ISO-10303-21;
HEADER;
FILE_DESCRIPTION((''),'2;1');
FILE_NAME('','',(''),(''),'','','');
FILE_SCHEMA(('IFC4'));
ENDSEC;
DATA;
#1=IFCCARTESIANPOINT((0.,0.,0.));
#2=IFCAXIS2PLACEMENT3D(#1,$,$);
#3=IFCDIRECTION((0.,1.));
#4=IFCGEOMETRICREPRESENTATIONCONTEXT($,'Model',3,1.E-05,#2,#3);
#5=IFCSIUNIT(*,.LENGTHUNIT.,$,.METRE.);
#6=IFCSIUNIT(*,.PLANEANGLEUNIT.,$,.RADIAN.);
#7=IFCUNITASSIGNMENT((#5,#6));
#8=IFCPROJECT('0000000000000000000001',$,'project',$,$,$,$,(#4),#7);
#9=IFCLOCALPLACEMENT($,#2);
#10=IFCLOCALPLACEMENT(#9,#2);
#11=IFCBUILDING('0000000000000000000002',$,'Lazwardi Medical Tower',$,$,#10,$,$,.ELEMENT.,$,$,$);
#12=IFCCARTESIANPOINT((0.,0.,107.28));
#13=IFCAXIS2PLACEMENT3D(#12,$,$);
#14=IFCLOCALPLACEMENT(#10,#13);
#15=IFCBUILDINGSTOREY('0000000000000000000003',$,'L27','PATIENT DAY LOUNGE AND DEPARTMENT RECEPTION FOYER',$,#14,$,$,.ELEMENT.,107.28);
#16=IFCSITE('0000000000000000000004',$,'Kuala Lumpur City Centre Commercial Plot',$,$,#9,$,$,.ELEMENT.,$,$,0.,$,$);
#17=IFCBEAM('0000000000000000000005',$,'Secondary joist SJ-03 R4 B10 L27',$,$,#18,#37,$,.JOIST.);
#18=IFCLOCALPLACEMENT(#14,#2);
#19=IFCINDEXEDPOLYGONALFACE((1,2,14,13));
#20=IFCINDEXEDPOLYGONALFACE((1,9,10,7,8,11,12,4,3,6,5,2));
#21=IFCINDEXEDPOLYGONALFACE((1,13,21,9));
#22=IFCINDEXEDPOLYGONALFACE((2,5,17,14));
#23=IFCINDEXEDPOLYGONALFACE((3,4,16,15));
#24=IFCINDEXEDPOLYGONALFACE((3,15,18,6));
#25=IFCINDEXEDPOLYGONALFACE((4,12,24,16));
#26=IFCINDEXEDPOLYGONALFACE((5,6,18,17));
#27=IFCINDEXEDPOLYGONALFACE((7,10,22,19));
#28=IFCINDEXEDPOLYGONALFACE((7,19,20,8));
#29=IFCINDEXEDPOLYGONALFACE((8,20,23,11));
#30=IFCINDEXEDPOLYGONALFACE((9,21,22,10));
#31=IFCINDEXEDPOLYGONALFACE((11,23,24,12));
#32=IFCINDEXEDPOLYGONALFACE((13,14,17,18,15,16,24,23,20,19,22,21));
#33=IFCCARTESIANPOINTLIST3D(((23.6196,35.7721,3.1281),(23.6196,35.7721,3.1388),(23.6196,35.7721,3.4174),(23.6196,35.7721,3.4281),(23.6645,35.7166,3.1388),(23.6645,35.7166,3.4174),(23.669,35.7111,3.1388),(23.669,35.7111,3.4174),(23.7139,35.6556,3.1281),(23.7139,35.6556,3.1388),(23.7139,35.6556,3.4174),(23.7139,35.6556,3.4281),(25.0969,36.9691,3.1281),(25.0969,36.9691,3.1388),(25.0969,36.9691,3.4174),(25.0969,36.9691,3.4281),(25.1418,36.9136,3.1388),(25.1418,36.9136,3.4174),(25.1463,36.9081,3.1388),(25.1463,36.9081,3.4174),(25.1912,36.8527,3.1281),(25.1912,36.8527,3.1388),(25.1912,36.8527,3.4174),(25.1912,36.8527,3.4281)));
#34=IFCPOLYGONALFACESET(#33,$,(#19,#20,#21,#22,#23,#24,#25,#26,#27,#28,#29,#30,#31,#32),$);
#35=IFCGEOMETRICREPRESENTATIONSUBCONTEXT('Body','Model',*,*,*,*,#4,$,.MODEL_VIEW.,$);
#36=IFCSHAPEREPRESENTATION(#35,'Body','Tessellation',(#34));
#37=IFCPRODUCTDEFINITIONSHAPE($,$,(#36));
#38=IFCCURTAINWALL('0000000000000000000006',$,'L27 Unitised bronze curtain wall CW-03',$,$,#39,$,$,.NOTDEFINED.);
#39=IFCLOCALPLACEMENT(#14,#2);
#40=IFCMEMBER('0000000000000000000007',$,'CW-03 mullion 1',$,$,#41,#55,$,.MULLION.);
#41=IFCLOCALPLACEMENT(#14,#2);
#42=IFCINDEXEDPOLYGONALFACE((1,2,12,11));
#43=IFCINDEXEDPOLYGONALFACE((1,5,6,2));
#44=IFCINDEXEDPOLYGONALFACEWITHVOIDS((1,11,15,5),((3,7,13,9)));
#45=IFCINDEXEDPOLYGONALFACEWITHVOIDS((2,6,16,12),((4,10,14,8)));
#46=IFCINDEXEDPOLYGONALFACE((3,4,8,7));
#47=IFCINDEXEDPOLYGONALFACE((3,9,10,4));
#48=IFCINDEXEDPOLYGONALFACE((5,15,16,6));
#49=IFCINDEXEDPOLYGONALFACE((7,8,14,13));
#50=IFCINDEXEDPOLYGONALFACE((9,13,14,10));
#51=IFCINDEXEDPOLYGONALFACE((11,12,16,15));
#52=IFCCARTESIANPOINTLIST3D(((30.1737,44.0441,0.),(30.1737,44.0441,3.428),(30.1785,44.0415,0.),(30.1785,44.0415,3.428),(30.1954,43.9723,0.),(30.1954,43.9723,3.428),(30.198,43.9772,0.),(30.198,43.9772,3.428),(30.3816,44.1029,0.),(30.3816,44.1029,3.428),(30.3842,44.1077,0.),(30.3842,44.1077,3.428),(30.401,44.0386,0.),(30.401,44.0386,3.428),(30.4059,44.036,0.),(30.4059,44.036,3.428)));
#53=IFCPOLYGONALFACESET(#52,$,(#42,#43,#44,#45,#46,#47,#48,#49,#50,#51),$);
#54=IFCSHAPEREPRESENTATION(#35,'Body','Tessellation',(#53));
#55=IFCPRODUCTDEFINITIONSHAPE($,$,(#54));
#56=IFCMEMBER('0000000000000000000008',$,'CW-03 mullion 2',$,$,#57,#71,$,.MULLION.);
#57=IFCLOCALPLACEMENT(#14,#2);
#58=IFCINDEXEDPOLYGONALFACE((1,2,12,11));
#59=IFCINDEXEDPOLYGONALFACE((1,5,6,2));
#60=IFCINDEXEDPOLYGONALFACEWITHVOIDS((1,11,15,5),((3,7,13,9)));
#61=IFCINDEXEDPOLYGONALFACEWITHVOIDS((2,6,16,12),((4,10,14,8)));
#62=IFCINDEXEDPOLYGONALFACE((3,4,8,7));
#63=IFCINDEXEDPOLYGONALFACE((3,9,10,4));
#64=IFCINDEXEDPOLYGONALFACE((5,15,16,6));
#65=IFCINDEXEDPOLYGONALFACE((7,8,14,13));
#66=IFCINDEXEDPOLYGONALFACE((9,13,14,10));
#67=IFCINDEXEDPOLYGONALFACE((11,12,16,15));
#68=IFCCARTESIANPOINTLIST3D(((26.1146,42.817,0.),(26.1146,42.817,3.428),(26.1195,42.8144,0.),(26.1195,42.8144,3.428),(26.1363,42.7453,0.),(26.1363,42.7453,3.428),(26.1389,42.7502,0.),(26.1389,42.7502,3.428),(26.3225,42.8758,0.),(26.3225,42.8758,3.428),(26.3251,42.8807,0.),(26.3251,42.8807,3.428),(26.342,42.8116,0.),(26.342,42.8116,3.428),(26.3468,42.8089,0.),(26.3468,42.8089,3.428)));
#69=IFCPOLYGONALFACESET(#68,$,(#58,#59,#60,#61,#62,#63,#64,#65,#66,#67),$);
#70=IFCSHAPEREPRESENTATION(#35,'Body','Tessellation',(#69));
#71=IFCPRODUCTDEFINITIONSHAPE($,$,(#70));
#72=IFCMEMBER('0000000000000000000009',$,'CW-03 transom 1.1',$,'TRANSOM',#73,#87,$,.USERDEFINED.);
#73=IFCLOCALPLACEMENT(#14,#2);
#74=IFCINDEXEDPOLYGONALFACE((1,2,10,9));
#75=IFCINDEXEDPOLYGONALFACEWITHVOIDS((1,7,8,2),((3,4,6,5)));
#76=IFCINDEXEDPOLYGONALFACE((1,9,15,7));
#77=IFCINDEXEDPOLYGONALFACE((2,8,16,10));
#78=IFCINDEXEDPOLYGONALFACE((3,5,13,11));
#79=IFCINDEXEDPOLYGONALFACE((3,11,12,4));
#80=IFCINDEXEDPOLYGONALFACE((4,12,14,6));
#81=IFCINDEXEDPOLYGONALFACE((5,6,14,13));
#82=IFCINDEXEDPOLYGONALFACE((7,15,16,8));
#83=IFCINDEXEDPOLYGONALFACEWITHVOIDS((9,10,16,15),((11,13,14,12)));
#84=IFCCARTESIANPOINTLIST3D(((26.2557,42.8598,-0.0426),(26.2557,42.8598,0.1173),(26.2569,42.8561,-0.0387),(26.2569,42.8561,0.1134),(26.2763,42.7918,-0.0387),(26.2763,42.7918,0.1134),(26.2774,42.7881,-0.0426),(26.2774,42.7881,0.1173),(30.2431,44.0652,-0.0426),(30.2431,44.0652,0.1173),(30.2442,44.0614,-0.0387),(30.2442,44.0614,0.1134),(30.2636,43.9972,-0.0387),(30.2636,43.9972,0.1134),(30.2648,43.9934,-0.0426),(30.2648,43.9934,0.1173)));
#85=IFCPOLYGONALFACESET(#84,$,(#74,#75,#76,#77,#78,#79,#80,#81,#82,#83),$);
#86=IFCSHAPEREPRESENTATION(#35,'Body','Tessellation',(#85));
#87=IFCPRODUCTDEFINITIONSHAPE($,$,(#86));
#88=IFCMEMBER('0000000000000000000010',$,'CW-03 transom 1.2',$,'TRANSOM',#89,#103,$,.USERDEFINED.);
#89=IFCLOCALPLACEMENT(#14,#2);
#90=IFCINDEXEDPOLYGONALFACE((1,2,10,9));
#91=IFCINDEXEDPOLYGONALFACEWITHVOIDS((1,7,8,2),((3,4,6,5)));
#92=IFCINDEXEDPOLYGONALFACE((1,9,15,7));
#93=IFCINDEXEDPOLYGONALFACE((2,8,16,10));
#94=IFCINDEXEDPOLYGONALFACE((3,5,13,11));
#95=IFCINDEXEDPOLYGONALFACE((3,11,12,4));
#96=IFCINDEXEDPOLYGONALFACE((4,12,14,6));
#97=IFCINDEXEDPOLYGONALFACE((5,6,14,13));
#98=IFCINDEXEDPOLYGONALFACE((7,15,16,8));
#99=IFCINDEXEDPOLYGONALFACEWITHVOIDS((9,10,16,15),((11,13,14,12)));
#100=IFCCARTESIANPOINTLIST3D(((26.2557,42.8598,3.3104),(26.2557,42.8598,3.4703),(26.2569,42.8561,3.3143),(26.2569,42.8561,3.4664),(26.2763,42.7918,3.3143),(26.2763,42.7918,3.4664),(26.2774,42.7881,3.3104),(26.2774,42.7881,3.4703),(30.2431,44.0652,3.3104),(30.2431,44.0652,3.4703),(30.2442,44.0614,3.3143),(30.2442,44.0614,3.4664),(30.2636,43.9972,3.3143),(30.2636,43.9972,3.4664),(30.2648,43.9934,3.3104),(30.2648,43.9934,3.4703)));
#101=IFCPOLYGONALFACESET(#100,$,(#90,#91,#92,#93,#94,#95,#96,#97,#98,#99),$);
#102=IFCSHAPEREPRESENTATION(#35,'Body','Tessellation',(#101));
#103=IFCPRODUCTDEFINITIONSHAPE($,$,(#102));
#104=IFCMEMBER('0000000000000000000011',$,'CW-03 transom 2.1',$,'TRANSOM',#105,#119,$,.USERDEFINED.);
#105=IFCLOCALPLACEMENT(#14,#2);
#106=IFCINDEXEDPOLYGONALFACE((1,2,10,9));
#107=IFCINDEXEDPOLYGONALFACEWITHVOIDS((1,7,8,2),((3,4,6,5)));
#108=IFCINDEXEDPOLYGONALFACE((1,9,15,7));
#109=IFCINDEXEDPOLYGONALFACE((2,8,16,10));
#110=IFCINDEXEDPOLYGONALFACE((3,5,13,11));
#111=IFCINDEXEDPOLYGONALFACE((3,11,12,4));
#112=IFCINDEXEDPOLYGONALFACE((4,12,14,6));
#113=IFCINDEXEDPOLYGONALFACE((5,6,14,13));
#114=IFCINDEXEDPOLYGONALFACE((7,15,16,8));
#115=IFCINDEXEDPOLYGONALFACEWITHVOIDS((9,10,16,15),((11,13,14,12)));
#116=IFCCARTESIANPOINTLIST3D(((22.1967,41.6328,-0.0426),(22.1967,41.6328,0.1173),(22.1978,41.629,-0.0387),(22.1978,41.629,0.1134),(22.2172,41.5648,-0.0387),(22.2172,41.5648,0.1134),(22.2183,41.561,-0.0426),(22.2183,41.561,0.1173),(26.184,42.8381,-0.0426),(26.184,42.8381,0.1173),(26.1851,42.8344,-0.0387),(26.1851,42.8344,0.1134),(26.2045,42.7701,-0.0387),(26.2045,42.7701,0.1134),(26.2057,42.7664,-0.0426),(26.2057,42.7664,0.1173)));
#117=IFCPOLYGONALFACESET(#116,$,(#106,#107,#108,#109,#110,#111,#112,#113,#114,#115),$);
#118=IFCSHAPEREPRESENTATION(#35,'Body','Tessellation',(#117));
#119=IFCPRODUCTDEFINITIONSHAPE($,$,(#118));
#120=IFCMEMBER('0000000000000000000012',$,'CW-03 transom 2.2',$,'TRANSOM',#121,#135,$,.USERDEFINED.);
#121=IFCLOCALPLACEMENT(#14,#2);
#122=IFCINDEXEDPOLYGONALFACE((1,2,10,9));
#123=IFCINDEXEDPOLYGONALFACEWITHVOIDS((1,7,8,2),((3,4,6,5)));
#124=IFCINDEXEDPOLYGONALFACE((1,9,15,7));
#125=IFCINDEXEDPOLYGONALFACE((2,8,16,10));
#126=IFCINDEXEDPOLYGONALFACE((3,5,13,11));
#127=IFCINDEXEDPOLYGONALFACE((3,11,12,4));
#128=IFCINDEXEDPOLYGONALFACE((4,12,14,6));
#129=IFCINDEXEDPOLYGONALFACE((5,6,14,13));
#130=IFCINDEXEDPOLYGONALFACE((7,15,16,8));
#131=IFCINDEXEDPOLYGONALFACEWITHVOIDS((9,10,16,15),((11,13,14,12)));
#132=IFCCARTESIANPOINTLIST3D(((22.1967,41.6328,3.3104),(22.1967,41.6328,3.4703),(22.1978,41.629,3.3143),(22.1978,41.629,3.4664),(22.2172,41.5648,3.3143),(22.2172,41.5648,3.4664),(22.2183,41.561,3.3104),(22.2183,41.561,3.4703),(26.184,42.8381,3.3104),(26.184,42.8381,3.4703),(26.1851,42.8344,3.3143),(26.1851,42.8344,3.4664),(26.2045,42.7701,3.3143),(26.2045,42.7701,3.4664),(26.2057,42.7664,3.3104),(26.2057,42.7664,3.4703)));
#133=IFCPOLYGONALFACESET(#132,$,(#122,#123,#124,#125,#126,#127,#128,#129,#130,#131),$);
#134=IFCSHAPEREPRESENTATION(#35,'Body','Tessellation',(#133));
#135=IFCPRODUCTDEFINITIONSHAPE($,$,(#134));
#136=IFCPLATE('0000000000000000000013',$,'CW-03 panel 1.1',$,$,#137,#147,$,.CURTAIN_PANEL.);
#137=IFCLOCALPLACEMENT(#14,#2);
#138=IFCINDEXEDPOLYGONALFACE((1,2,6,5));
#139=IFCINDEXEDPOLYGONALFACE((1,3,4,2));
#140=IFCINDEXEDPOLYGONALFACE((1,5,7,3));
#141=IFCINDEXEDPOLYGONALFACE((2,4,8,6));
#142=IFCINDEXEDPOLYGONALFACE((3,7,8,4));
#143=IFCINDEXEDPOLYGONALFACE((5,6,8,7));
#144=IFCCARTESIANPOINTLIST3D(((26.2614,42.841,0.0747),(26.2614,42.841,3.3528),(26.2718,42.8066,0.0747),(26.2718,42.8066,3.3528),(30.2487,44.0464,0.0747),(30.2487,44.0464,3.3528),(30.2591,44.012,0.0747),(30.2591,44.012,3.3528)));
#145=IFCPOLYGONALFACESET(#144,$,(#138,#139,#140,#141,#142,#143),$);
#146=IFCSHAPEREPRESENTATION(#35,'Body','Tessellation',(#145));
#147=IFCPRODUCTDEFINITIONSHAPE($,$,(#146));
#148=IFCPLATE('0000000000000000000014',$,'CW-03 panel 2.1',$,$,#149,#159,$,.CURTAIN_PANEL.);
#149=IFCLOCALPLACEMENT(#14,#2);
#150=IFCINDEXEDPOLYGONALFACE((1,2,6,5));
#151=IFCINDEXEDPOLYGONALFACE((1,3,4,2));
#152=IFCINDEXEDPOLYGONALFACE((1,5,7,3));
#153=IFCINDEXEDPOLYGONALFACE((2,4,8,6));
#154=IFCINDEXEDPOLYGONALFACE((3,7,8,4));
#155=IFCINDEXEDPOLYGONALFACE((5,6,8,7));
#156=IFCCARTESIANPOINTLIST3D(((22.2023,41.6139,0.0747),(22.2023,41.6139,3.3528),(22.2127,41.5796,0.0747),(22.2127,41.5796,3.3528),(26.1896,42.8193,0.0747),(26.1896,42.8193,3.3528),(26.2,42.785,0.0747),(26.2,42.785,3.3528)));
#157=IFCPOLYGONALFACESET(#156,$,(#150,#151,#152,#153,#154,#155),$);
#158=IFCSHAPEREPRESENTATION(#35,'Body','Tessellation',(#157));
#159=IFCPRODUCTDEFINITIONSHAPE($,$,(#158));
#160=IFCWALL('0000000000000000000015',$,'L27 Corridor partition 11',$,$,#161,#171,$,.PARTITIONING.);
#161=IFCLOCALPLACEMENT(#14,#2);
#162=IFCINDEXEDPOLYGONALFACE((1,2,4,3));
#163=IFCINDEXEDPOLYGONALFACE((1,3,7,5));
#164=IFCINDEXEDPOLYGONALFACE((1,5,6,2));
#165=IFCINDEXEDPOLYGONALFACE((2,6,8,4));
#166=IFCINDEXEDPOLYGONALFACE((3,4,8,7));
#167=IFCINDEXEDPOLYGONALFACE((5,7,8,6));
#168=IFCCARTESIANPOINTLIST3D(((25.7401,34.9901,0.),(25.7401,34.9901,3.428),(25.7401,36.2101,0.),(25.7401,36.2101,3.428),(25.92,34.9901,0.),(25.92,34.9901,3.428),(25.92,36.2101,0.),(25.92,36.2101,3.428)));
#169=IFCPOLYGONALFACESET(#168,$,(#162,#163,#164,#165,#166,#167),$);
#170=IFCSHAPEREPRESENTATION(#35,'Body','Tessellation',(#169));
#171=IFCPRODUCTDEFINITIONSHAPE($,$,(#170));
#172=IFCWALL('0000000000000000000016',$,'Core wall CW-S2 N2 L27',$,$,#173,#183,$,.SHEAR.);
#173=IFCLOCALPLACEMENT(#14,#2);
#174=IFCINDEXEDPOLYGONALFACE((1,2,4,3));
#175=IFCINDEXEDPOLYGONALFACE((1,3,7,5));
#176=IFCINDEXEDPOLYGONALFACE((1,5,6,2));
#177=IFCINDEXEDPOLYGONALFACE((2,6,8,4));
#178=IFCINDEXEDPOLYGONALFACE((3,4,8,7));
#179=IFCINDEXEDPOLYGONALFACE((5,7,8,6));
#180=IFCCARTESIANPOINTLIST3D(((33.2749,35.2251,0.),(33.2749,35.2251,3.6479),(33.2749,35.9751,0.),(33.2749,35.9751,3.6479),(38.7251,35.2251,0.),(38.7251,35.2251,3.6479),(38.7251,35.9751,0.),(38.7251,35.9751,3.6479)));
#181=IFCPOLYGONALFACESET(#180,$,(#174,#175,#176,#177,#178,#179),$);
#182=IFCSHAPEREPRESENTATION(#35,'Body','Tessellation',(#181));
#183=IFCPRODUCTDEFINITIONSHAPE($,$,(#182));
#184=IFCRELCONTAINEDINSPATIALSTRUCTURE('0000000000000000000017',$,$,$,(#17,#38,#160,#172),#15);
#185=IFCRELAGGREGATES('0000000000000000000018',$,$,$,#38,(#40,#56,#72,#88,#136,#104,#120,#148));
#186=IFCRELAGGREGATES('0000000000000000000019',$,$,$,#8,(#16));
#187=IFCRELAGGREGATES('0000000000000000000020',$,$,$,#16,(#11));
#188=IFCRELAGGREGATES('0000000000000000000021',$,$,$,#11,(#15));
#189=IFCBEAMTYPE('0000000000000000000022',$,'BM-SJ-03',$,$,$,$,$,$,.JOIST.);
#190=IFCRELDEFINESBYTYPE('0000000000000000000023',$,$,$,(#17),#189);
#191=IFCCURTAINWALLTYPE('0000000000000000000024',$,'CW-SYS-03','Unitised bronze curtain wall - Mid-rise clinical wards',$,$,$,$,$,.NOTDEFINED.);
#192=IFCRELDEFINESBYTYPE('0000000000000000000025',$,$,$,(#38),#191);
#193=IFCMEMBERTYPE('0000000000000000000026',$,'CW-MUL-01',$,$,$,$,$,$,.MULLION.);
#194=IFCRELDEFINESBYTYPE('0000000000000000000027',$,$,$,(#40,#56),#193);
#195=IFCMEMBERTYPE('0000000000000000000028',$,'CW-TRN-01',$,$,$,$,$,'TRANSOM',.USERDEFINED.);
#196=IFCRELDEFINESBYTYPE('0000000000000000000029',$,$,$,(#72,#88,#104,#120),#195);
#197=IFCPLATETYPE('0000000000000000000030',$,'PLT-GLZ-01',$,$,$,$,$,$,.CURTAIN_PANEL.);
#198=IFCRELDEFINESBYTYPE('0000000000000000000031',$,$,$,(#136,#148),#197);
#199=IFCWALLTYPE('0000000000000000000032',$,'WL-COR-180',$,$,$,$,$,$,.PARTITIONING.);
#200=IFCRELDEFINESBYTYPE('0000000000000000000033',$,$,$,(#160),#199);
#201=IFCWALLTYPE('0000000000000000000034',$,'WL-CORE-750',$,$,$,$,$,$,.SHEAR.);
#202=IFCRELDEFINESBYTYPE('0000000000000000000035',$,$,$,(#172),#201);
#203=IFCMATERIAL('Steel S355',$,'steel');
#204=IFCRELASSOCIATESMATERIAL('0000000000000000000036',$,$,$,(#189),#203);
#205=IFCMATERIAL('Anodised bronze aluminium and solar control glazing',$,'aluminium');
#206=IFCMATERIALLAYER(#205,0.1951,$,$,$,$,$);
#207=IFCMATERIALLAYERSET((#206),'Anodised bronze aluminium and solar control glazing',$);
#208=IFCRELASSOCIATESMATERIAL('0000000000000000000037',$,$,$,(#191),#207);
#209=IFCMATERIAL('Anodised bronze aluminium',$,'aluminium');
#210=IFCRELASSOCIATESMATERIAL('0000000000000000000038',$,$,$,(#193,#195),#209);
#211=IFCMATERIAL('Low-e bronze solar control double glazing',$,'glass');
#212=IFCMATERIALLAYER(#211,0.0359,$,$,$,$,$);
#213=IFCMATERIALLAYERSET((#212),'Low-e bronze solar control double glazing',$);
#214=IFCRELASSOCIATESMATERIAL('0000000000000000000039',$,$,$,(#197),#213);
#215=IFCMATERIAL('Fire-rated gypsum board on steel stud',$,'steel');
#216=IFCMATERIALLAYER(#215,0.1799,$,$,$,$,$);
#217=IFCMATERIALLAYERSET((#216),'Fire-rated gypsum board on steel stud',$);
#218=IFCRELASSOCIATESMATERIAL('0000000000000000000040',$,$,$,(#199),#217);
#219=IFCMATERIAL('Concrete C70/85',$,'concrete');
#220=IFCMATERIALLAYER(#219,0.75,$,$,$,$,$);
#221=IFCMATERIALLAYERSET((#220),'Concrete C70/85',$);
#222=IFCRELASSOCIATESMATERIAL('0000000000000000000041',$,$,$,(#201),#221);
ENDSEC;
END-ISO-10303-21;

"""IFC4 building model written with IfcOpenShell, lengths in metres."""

from ifc_helpers import new_model, si_unit, direction, frame, frame_2d, origin, origin_2d, place, context, subcontext, project, spatial, rectangle, hollow_rectangle, i_section, extrude, material, layer, layer_set, material_profile, profile_set, type_object, element, aggregate, save


model = new_model("IFC4")

# Units and contexts
model_context = context("Model", 3, precision=1e-05, world=origin(), true_north=direction((0.0, 1.0)))
body_context = subcontext(model_context, "Body", "Model", "MODEL_VIEW")
ifc_project = project(units=[si_unit("LENGTHUNIT", "METRE"), si_unit("PLANEANGLEUNIT", "RADIAN")], contexts=[model_context])

# Site, building, storey
site_placement = place(None, origin())
site = spatial("IfcSite", under=ifc_project, at=site_placement, Name="Kuala Lumpur City Centre Commercial Plot", CompositionType="ELEMENT", RefElevation=0.0)
building_placement = place(site_placement, origin())
building = spatial("IfcBuilding", under=site, at=building_placement, Name="Lazwardi Medical Tower", CompositionType="ELEMENT")
storey_placement = place(building_placement, frame((0.0, 0.0, 107.28)))
storey = spatial("IfcBuildingStorey", under=building, at=storey_placement, Name="L27", Description="PATIENT DAY LOUNGE AND DEPARTMENT RECEPTION FOYER", CompositionType="ELEMENT", Elevation=107.28)

# Shared definitions
ifc_material_1 = material(Name="Concrete C70/85", Category="concrete")

# Beam
ifc_material_2 = material(Name="Steel S355", Category="steel")
ifc_material_profile_1 = material_profile(ifc_material_2, i_section(OverallWidth=0.1499, OverallDepth=0.3, WebThickness=0.0071, FlangeThickness=0.0107, at=origin_2d()), Name="IPE 300")
ifc_profile_set_1 = profile_set([ifc_material_profile_1], Name="Steel S355")
beam_type_1 = type_object("IfcBeamType", Name="BM-SJ-03", PredefinedType="JOIST", material=ifc_profile_set_1)
beam_1_placement = place(storey_placement, frame((25.144, 36.9109, 3.2781), z_axis=(-0.776958, -0.629553, 0.0), x_axis=(0.629553, -0.776958, 0.0)))
element("IfcBeam", 1, at=beam_1_placement, inside=storey, type_object=beam_type_1, Name="Secondary joist SJ-03 R4 B10 L27", PredefinedType="JOIST", context=body_context, shape_type="SweptSolid", body=[
    extrude(i_section(OverallWidth=0.1499, OverallDepth=0.3, WebThickness=0.0071, FlangeThickness=0.0107, at=origin_2d()), origin(), (0.0, 0.0, 1.0), 1.9014),
])

# Curtain wall, members, plates
ifc_material_3 = material(Name="Anodised bronze aluminium and solar control glazing", Category="aluminium")
ifc_layer_1 = layer(ifc_material_3, 0.1951)
ifc_layer_set_1 = layer_set([ifc_layer_1], Name="Anodised bronze aluminium and solar control glazing")
curtain_wall_type = type_object("IfcCurtainWallType", Name="CW-SYS-03", Description="Unitised bronze curtain wall - Mid-rise clinical wards", PredefinedType="NOTDEFINED", material=ifc_layer_set_1)
curtain_wall_placement = place(storey_placement, origin())
curtain_wall = element("IfcCurtainWall", 2, at=curtain_wall_placement, inside=storey, type_object=curtain_wall_type, Name="L27 Unitised bronze curtain wall CW-03", PredefinedType="NOTDEFINED")
ifc_material_4 = material(Name="Anodised bronze aluminium", Category="aluminium")
ifc_material_profile_2 = material_profile(ifc_material_4, hollow_rectangle(XDim=0.075, YDim=0.22, WallThickness=0.0039, at=origin_2d()), Name="ALU-MULLION 220x75x4")
ifc_profile_set_2 = profile_set([ifc_material_profile_2], Name="Anodised bronze aluminium")
member_type_1 = type_object("IfcMemberType", Name="CW-MUL-01", PredefinedType="MULLION", material=ifc_profile_set_2)
member_1_placement = place(storey_placement, frame((30.2898, 44.04, 0.0), z_axis=(0.0, 0.0, 1.0), x_axis=(0.289374, -0.957216, 0.0)))
member_1 = element("IfcMember", 3, at=member_1_placement, type_object=member_type_1, Name="CW-03 mullion 1", PredefinedType="MULLION", context=body_context, shape_type="SweptSolid", body=[
    extrude(hollow_rectangle(XDim=0.075, YDim=0.22, WallThickness=0.0039, at=origin_2d()), origin(), (0.0, 0.0, 1.0), 3.428),
])
member_2_placement = place(storey_placement, frame((26.2307, 42.813, 0.0), z_axis=(0.0, 0.0, 1.0), x_axis=(0.289374, -0.957216, 0.0)))
member_2 = element("IfcMember", 4, at=member_2_placement, type_object=member_type_1, Name="CW-03 mullion 2", PredefinedType="MULLION", context=body_context, shape_type="SweptSolid", body=[
    extrude(hollow_rectangle(XDim=0.075, YDim=0.22, WallThickness=0.0039, at=origin_2d()), origin(), (0.0, 0.0, 1.0), 3.428),
])
ifc_material_profile_3 = material_profile(ifc_material_4, hollow_rectangle(XDim=0.075, YDim=0.1599, WallThickness=0.0039, at=origin_2d()), Name="ALU-TRANSOM 160x75x4")
ifc_profile_set_3 = profile_set([ifc_material_profile_3], Name="Anodised bronze aluminium")
member_type_2 = type_object("IfcMemberType", Name="CW-TRN-01", ElementType="TRANSOM", PredefinedType="USERDEFINED", material=ifc_profile_set_3)
member_3_placement = place(storey_placement, frame((30.2539, 44.0293, 0.0374), z_axis=(-0.957221, -0.289358, 0.0), x_axis=(0.289358, -0.957221, 0.0)))
member_3 = element("IfcMember", 5, at=member_3_placement, type_object=member_type_2, Name="CW-03 transom 1.1", ObjectType="TRANSOM", PredefinedType="USERDEFINED", context=body_context, shape_type="SweptSolid", body=[
    extrude(hollow_rectangle(XDim=0.075, YDim=0.1599, WallThickness=0.0039, at=origin_2d()), origin(), (0.0, 0.0, 1.0), 4.1655),
])
member_4_placement = place(storey_placement, frame((30.2539, 44.0293, 3.3904), z_axis=(-0.957221, -0.289358, 0.0), x_axis=(0.289358, -0.957221, 0.0)))
member_4 = element("IfcMember", 6, at=member_4_placement, type_object=member_type_2, Name="CW-03 transom 1.2", ObjectType="TRANSOM", PredefinedType="USERDEFINED", context=body_context, shape_type="SweptSolid", body=[
    extrude(hollow_rectangle(XDim=0.075, YDim=0.1599, WallThickness=0.0039, at=origin_2d()), origin(), (0.0, 0.0, 1.0), 4.1655),
])
member_5_placement = place(storey_placement, frame((26.1948, 42.8022, 0.0374), z_axis=(-0.957221, -0.289358, 0.0), x_axis=(0.289358, -0.957221, 0.0)))
member_5 = element("IfcMember", 7, at=member_5_placement, type_object=member_type_2, Name="CW-03 transom 2.1", ObjectType="TRANSOM", PredefinedType="USERDEFINED", context=body_context, shape_type="SweptSolid", body=[
    extrude(hollow_rectangle(XDim=0.075, YDim=0.1599, WallThickness=0.0039, at=origin_2d()), origin(), (0.0, 0.0, 1.0), 4.1655),
])
member_6_placement = place(storey_placement, frame((26.1948, 42.8022, 3.3904), z_axis=(-0.957221, -0.289358, 0.0), x_axis=(0.289358, -0.957221, 0.0)))
member_6 = element("IfcMember", 8, at=member_6_placement, type_object=member_type_2, Name="CW-03 transom 2.2", ObjectType="TRANSOM", PredefinedType="USERDEFINED", context=body_context, shape_type="SweptSolid", body=[
    extrude(hollow_rectangle(XDim=0.075, YDim=0.1599, WallThickness=0.0039, at=origin_2d()), origin(), (0.0, 0.0, 1.0), 4.1655),
])
ifc_material_5 = material(Name="Low-e bronze solar control double glazing", Category="glass")
ifc_layer_2 = layer(ifc_material_5, 0.0359)
ifc_layer_set_2 = layer_set([ifc_layer_2], Name="Low-e bronze solar control double glazing")
plate_type = type_object("IfcPlateType", Name="PLT-GLZ-01", PredefinedType="CURTAIN_PANEL", material=ifc_layer_set_2)
plate_1_placement = place(storey_placement, frame((28.2603, 43.4265, 0.0747), z_axis=(0.0, 0.0, 1.0), x_axis=(-0.957216, -0.289374, 0.0)))
plate_1 = element("IfcPlate", 9, at=plate_1_placement, type_object=plate_type, Name="CW-03 panel 1.1", PredefinedType="CURTAIN_PANEL", context=body_context, shape_type="SweptSolid", body=[
    extrude(rectangle(XDim=4.1655, YDim=0.0359, at=origin_2d()), origin(), (0.0, 0.0, 1.0), 3.2781),
])
plate_2_placement = place(storey_placement, frame((24.2012, 42.1995, 0.0747), z_axis=(0.0, 0.0, 1.0), x_axis=(-0.957216, -0.289374, 0.0)))
plate_2 = element("IfcPlate", 10, at=plate_2_placement, type_object=plate_type, Name="CW-03 panel 2.1", PredefinedType="CURTAIN_PANEL", context=body_context, shape_type="SweptSolid", body=[
    extrude(rectangle(XDim=4.1655, YDim=0.0359, at=origin_2d()), origin(), (0.0, 0.0, 1.0), 3.2781),
])
aggregate(curtain_wall, [member_1, member_2, member_3, member_4, plate_1, member_5, member_6, plate_2])

# Walls
ifc_material_6 = material(Name="Fire-rated gypsum board on steel stud", Category="steel")
ifc_layer_3 = layer(ifc_material_6, 0.1799)
ifc_layer_set_3 = layer_set([ifc_layer_3], Name="Fire-rated gypsum board on steel stud")
wall_type_1 = type_object("IfcWallType", Name="WL-COR-180", PredefinedType="PARTITIONING", material=ifc_layer_set_3)
wall_1_placement = place(storey_placement, frame((25.8301, 36.21, 0.0), z_axis=(0.0, 0.0, 1.0), x_axis=(0.0, -1.0, 0.0)))
element("IfcWall", 11, at=wall_1_placement, inside=storey, type_object=wall_type_1, Name="L27 Corridor partition 11", PredefinedType="PARTITIONING", context=body_context, shape_type="SweptSolid", body=[
    extrude(rectangle(XDim=1.22, YDim=0.1799, at=frame_2d((0.6099, 0.0))), origin(), (0.0, 0.0, 1.0), 3.428),
])
ifc_layer_4 = layer(ifc_material_1, 0.75)
ifc_layer_set_4 = layer_set([ifc_layer_4], Name="Concrete C70/85")
wall_type_2 = type_object("IfcWallType", Name="WL-CORE-750", PredefinedType="SHEAR", material=ifc_layer_set_4)
wall_2_placement = place(storey_placement, frame((33.2749, 35.6001, 0.0), z_axis=(0.0, 0.0, 1.0), x_axis=(1.0, 0.0, 0.0)))
element("IfcWall", 12, at=wall_2_placement, inside=storey, type_object=wall_type_2, Name="Core wall CW-S2 N2 L27", PredefinedType="SHEAR", context=body_context, shape_type="SweptSolid", body=[
    extrude(rectangle(XDim=5.4502, YDim=0.75, at=frame_2d((2.7251, 0.0))), origin(), (0.0, 0.0, 1.0), 3.6479),
])

save(model, "model.ifc")
